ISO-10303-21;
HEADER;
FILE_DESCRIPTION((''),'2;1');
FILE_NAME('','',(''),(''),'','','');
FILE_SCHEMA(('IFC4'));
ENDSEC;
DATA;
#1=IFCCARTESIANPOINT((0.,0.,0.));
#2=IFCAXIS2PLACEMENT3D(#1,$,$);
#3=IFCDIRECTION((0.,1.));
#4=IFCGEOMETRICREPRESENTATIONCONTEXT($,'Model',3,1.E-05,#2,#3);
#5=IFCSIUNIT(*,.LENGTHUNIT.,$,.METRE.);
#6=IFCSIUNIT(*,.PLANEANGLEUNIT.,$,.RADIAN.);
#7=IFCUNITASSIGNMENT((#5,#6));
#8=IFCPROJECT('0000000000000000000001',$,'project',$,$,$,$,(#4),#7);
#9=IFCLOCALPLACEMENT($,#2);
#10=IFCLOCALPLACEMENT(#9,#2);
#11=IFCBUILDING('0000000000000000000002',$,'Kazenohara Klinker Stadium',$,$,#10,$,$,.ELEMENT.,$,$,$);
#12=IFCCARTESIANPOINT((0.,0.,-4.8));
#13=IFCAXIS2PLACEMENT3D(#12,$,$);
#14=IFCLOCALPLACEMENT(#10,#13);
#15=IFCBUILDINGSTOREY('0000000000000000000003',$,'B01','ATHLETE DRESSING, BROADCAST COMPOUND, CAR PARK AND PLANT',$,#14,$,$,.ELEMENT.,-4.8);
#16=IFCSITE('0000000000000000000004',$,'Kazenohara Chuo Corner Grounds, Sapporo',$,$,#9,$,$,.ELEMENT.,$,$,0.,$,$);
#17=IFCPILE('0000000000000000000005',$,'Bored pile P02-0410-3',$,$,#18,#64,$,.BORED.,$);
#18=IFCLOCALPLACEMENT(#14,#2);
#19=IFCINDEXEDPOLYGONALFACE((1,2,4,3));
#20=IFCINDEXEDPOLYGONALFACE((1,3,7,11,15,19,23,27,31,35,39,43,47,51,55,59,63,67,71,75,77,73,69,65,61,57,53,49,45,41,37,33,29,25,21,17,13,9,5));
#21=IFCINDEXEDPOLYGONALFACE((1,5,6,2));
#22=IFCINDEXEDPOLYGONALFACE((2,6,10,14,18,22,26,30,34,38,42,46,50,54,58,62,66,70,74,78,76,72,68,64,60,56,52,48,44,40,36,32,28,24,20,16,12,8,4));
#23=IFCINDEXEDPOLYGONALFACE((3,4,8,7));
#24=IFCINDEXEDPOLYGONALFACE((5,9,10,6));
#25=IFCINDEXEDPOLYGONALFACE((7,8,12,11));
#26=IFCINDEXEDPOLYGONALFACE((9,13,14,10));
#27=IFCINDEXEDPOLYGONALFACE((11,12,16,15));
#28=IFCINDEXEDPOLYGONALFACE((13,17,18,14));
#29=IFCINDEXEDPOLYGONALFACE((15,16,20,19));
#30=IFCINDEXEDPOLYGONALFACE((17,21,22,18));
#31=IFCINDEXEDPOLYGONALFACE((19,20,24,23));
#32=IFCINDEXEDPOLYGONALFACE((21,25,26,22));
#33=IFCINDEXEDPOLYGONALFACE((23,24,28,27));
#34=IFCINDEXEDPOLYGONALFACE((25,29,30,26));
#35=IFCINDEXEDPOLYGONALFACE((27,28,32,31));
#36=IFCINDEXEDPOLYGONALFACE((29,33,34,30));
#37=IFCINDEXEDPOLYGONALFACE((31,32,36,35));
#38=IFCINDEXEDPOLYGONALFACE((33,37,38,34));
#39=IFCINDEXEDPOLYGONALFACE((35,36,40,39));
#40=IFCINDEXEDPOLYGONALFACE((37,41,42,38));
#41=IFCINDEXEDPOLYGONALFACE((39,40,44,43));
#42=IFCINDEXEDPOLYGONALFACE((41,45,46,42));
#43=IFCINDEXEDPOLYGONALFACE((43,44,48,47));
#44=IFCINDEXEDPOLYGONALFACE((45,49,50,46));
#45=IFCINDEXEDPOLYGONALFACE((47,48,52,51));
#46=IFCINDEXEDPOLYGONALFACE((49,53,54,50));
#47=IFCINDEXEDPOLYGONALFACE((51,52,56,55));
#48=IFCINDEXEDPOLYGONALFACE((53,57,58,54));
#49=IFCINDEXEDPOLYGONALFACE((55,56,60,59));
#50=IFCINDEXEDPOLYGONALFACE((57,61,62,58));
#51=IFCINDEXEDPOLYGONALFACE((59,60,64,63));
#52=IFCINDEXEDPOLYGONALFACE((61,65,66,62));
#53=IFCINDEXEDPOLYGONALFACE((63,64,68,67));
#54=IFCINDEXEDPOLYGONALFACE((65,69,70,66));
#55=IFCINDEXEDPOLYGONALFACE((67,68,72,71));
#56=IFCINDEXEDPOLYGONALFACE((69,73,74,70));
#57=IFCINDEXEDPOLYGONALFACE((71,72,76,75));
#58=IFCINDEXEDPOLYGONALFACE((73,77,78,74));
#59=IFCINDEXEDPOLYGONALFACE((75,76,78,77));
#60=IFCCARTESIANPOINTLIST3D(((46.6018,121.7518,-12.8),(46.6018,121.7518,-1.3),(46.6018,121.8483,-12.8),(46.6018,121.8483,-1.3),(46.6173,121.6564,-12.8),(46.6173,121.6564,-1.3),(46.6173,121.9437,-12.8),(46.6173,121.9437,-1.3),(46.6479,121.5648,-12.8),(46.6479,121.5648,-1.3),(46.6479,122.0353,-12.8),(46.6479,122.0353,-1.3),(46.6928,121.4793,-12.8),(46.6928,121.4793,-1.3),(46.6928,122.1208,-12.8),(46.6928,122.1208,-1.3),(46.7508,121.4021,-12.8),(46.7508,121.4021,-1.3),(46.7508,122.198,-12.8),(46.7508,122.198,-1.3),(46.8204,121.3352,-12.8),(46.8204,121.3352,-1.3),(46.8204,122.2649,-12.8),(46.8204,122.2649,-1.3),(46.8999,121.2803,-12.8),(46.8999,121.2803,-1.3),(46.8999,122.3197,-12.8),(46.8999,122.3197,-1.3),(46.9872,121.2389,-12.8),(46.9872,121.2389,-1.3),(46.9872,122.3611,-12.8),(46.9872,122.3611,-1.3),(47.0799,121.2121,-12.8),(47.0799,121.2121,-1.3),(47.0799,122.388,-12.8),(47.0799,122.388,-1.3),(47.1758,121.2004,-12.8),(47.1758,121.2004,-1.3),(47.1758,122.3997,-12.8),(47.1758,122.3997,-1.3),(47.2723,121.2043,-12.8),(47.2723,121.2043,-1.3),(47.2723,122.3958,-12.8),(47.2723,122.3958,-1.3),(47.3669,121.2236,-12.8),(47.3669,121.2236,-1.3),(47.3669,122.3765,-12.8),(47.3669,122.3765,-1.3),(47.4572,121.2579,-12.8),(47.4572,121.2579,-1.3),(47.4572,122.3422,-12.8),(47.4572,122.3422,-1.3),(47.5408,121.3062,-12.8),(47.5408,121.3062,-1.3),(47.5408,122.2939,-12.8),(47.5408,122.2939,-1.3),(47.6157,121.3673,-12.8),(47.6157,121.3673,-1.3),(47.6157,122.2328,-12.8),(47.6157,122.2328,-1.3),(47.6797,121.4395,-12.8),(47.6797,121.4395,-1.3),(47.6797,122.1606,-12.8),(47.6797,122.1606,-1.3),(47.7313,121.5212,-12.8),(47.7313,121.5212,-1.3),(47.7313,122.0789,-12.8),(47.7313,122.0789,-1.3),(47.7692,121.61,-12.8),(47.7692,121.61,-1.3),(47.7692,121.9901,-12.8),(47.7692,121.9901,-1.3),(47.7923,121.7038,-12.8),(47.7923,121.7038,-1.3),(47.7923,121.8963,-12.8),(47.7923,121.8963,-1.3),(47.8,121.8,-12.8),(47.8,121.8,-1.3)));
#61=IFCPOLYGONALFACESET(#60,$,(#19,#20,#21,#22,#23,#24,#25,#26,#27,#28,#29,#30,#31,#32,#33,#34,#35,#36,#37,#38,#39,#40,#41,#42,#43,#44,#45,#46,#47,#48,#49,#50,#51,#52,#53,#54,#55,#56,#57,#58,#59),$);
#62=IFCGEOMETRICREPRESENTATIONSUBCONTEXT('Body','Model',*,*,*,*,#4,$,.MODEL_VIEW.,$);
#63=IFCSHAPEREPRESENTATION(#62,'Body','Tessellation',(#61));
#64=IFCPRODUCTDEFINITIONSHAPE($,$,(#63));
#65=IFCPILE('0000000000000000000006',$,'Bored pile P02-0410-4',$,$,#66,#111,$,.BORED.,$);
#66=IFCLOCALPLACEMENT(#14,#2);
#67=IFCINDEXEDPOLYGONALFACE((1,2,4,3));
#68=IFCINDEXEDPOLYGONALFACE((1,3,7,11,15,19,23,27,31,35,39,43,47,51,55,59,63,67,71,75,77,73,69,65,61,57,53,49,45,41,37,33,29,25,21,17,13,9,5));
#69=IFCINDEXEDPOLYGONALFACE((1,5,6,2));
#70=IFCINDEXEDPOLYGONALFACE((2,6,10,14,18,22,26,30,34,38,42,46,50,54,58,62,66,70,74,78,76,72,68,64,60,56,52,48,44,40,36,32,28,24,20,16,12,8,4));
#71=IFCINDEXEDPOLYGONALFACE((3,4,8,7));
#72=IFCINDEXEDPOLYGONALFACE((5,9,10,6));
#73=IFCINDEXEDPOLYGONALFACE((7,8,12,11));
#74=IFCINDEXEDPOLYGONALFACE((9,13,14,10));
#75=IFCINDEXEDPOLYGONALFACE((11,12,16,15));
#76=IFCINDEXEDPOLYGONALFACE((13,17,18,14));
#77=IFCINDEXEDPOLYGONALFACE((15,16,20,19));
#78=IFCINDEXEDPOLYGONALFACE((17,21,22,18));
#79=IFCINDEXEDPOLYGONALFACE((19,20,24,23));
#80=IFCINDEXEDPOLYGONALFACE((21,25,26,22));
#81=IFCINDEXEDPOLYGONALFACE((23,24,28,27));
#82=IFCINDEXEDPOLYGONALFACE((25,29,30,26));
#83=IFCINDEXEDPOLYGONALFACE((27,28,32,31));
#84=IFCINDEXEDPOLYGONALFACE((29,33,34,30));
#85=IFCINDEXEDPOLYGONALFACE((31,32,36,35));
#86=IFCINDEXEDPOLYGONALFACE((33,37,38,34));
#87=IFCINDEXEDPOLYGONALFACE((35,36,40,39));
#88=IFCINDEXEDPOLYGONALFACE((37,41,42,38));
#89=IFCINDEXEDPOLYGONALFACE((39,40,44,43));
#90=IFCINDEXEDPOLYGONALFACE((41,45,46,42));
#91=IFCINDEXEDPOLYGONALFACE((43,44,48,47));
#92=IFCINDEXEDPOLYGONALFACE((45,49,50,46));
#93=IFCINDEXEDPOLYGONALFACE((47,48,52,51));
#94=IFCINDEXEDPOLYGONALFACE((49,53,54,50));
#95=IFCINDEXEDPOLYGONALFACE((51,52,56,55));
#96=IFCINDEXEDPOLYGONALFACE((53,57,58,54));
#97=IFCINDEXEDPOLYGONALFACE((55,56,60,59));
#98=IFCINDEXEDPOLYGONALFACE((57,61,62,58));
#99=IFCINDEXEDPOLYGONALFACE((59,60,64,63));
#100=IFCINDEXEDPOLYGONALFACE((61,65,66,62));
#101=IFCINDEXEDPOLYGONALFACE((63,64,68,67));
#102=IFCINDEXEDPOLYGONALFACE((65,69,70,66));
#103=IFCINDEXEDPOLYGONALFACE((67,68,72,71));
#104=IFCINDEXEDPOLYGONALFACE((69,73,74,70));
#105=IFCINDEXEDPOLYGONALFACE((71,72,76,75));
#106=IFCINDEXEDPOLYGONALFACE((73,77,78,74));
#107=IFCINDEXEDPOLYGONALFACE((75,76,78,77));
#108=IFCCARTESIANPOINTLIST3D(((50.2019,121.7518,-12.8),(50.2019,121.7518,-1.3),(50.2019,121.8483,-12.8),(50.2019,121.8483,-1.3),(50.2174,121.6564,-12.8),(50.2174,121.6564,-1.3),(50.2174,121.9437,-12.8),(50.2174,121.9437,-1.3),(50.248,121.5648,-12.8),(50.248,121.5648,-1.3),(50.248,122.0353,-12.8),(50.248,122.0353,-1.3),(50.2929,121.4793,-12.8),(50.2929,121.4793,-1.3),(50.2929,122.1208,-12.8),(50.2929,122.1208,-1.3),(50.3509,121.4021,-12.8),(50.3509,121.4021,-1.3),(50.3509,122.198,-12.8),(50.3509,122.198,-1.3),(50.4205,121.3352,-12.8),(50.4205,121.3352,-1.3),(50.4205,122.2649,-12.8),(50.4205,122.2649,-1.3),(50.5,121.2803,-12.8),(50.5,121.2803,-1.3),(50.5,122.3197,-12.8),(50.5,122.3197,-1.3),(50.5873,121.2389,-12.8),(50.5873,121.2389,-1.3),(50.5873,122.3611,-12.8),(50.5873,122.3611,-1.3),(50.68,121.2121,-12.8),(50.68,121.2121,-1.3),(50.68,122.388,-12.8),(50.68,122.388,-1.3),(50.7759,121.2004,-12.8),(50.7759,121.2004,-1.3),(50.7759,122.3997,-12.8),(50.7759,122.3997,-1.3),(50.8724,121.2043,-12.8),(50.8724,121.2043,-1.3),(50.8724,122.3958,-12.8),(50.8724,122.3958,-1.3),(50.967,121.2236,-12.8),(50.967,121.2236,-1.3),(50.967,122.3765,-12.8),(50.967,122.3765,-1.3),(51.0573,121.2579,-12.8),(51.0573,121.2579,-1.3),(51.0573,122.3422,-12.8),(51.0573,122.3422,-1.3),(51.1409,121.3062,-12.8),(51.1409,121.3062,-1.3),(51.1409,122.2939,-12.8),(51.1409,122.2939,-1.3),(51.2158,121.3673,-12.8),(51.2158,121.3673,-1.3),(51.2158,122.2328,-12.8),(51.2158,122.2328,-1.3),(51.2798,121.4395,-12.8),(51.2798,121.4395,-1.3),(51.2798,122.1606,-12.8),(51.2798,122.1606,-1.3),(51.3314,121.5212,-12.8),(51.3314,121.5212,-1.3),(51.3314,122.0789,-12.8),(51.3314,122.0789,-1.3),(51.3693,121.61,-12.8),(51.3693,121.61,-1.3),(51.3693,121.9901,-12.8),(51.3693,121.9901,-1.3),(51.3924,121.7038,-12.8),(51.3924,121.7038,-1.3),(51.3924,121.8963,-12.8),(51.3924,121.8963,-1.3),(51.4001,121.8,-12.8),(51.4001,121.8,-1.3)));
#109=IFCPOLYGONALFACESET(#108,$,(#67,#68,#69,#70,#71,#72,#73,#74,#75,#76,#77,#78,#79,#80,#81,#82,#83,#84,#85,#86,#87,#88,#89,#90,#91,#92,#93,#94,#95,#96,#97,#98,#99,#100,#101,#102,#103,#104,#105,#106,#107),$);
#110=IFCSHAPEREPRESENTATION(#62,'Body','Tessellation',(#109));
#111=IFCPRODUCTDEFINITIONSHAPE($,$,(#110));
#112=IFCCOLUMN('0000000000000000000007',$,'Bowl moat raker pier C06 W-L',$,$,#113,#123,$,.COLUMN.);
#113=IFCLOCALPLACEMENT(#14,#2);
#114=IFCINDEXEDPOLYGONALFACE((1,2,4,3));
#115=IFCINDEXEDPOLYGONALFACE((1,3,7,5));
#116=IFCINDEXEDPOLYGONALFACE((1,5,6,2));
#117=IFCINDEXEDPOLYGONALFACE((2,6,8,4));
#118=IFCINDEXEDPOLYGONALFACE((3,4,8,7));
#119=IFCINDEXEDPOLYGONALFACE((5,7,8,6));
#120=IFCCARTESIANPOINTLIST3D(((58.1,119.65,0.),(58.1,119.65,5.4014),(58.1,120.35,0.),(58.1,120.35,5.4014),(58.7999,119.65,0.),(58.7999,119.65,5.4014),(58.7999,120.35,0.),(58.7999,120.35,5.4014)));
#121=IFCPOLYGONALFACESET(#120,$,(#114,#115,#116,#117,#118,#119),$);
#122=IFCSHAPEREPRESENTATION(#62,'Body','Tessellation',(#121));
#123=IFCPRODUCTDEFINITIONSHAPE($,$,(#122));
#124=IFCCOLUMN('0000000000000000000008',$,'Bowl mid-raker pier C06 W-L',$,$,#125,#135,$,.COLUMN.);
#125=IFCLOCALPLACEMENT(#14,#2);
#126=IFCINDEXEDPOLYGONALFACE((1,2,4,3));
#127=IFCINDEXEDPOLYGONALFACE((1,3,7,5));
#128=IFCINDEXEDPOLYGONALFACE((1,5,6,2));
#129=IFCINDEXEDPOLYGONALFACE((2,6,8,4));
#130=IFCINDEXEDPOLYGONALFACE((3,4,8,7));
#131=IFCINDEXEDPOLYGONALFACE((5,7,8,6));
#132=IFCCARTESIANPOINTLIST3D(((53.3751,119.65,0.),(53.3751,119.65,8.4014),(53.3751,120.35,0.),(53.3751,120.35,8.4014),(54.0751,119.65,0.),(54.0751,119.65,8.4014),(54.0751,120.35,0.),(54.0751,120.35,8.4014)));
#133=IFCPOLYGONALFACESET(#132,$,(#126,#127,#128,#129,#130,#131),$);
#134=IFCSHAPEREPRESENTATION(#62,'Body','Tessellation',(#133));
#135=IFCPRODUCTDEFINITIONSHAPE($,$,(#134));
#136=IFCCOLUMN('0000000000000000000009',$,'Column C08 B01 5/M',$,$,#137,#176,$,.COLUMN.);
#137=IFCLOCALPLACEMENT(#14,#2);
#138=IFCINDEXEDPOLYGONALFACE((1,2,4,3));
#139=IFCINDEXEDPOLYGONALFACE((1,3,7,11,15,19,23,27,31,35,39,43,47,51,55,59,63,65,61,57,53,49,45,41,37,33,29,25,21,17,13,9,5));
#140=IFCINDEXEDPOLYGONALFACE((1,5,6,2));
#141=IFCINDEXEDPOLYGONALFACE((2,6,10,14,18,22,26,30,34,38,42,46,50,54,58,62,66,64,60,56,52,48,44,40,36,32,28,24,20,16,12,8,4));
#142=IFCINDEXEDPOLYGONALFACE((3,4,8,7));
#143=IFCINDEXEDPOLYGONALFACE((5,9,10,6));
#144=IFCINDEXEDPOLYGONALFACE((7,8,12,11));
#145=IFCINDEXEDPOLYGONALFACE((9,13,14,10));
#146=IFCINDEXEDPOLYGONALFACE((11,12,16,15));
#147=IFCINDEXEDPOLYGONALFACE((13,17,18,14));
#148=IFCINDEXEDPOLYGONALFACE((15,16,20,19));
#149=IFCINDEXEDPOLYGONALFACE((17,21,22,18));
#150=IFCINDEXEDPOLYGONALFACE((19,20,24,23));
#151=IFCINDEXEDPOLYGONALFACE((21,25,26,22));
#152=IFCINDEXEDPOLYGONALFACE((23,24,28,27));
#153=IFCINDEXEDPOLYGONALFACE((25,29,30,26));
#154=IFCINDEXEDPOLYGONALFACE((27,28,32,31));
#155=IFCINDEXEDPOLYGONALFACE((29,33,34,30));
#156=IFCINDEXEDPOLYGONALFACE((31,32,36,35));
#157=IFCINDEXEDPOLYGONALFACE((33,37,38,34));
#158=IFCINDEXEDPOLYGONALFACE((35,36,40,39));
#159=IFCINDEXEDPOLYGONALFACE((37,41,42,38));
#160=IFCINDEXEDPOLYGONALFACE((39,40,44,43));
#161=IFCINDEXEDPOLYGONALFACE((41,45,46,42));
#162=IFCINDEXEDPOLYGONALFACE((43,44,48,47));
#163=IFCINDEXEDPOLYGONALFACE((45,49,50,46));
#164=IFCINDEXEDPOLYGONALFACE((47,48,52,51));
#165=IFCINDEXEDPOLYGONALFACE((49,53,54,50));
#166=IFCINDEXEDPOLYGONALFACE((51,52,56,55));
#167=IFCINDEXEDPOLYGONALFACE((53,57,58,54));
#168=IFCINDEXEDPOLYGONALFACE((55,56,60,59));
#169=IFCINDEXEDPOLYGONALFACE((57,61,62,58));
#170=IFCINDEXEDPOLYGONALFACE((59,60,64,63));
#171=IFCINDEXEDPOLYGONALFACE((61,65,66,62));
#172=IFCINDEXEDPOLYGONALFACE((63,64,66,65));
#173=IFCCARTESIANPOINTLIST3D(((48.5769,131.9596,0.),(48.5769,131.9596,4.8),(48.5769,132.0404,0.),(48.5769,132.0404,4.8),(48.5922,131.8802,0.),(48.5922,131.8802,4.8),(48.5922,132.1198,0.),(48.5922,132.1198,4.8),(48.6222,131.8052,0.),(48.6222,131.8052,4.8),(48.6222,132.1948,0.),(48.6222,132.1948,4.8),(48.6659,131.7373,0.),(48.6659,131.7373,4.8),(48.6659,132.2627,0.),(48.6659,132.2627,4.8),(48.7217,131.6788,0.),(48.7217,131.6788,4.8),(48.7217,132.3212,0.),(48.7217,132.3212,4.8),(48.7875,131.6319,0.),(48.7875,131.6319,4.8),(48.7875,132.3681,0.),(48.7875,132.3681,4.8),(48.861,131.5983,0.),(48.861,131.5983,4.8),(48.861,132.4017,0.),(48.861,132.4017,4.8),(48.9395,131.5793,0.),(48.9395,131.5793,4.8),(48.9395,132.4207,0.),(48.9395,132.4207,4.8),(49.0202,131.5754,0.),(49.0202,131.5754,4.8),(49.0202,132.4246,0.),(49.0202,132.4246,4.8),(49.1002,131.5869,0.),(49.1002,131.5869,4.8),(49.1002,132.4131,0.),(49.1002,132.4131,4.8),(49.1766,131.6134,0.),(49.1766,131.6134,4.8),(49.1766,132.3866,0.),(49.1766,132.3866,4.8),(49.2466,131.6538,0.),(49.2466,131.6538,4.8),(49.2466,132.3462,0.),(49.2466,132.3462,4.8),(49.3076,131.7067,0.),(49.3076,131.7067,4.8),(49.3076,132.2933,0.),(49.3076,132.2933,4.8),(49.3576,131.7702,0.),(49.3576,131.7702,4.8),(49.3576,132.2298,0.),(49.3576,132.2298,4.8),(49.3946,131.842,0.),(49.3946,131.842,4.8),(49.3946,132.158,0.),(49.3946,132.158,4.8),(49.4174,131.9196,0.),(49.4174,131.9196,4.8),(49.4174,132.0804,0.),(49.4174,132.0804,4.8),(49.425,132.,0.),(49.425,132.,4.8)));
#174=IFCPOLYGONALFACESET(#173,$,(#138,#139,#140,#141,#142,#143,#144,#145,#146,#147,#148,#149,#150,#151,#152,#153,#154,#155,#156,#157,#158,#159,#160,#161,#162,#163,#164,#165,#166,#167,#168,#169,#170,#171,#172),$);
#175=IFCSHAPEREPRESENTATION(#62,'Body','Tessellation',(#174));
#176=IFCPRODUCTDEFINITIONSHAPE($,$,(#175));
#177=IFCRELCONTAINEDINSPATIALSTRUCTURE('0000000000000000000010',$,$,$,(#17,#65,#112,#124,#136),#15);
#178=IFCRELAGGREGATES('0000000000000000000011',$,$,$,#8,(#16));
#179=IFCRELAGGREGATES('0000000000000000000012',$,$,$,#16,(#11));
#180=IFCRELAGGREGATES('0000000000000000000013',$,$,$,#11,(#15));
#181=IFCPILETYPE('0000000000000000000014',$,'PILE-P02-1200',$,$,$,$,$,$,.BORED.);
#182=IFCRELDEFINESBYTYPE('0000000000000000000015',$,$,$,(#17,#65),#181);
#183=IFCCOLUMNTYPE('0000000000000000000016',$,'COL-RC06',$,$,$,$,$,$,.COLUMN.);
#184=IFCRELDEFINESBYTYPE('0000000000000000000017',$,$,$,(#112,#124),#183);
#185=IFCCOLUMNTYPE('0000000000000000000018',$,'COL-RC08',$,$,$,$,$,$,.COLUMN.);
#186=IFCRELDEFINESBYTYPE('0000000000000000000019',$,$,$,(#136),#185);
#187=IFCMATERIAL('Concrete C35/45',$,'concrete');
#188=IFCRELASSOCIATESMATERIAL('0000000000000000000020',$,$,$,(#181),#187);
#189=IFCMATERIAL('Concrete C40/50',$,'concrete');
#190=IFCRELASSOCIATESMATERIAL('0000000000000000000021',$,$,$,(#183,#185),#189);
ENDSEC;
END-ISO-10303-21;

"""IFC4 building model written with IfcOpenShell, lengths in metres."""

from ifc_helpers import new_model, si_unit, direction, frame, origin, origin_2d, place, context, subcontext, project, spatial, rectangle, circle, extrude, material, material_profile, profile_set, type_object, element, save


model = new_model("IFC4")

# Units and contexts
model_context = context("Model", 3, precision=1e-05, world=origin(), true_north=direction((0.0, 1.0)))
body_context = subcontext(model_context, "Body", "Model", "MODEL_VIEW")
ifc_project = project(units=[si_unit("LENGTHUNIT", "METRE"), si_unit("PLANEANGLEUNIT", "RADIAN")], contexts=[model_context])

# Site, building, storey
site_placement = place(None, origin())
site = spatial("IfcSite", under=ifc_project, at=site_placement, Name="Kazenohara Chuo Corner Grounds, Sapporo", CompositionType="ELEMENT", RefElevation=0.0)
building_placement = place(site_placement, origin())
building = spatial("IfcBuilding", under=site, at=building_placement, Name="Kazenohara Klinker Stadium", CompositionType="ELEMENT")
storey_placement = place(building_placement, frame((0.0, 0.0, -4.8)))
storey = spatial("IfcBuildingStorey", under=building, at=storey_placement, Name="B01", Description="ATHLETE DRESSING, BROADCAST COMPOUND, CAR PARK AND PLANT", CompositionType="ELEMENT", Elevation=-4.8)

# Shared definitions
ifc_material_1 = material(Name="Concrete C35/45", Category="concrete")

# Piles
ifc_material_profile_1 = material_profile(ifc_material_1, circle(Radius=0.6001, at=origin_2d()), Name="BORED-PILE-1200")
ifc_profile_set_1 = profile_set([ifc_material_profile_1], Name="Concrete C35/45")
pile_type_1 = type_object("IfcPileType", Name="PILE-P02-1200", PredefinedType="BORED", material=ifc_profile_set_1)
for number, where, z_axis, x_axis, name in (
    (1, (47.2, 121.8, -1.3), (0.0, 0.0, -1.0), (1.0, 0.0, 0.0), "Bored pile P02-0410-3"),
    (2, (50.8, 121.8, -1.3), (0.0, 0.0, -1.0), (1.0, 0.0, 0.0), "Bored pile P02-0410-4"),
):
    element("IfcPile", number, at=place(storey_placement, frame(where, z_axis=z_axis, x_axis=x_axis)), inside=storey, type_object=pile_type_1, Name=name, PredefinedType="BORED", context=body_context, shape_type="SweptSolid", body=[
        extrude(circle(Radius=0.6001, at=origin_2d()), origin(), (0.0, 0.0, 1.0), 11.5),
    ])

# Columns
ifc_material_2 = material(Name="Concrete C40/50", Category="concrete")
ifc_material_profile_2 = material_profile(ifc_material_2, rectangle(XDim=0.7, YDim=0.7, at=origin_2d()), Name="RC-COL-700x700")
ifc_profile_set_2 = profile_set([ifc_material_profile_2], Name="Concrete C40/50")
column_type_1 = type_object("IfcColumnType", Name="COL-RC06", PredefinedType="COLUMN", material=ifc_profile_set_2)
column_1_placement = place(storey_placement, frame((58.45, 120.0, 0.0), z_axis=(0.0, 0.0, 1.0), x_axis=(1.0, 0.0, 0.0)))
element("IfcColumn", 3, at=column_1_placement, inside=storey, type_object=column_type_1, Name="Bowl moat raker pier C06 W-L", PredefinedType="COLUMN", context=body_context, shape_type="SweptSolid", body=[
    extrude(rectangle(XDim=0.7, YDim=0.7, at=origin_2d()), origin(), (0.0, 0.0, 1.0), 5.4014),
])
column_2_placement = place(storey_placement, frame((53.7251, 120.0, 0.0), z_axis=(0.0, 0.0, 1.0), x_axis=(1.0, 0.0, 0.0)))
element("IfcColumn", 4, at=column_2_placement, inside=storey, type_object=column_type_1, Name="Bowl mid-raker pier C06 W-L", PredefinedType="COLUMN", context=body_context, shape_type="SweptSolid", body=[
    extrude(rectangle(XDim=0.7, YDim=0.7, at=origin_2d()), origin(), (0.0, 0.0, 1.0), 8.4014),
])
ifc_material_profile_3 = material_profile(ifc_material_2, circle(Radius=0.425, at=origin_2d()), Name="RC-COL-D850")
ifc_profile_set_3 = profile_set([ifc_material_profile_3], Name="Concrete C40/50")
column_type_2 = type_object("IfcColumnType", Name="COL-RC08", PredefinedType="COLUMN", material=ifc_profile_set_3)
column_3_placement = place(storey_placement, frame((49.0, 132.0, 0.0), z_axis=(0.0, 0.0, 1.0), x_axis=(1.0, 0.0, 0.0)))
element("IfcColumn", 5, at=column_3_placement, inside=storey, type_object=column_type_2, Name="Column C08 B01 5/M", PredefinedType="COLUMN", context=body_context, shape_type="SweptSolid", body=[
    extrude(circle(Radius=0.425, at=origin_2d()), origin(), (0.0, 0.0, 1.0), 4.8),
])

save(model, "model.ifc")
